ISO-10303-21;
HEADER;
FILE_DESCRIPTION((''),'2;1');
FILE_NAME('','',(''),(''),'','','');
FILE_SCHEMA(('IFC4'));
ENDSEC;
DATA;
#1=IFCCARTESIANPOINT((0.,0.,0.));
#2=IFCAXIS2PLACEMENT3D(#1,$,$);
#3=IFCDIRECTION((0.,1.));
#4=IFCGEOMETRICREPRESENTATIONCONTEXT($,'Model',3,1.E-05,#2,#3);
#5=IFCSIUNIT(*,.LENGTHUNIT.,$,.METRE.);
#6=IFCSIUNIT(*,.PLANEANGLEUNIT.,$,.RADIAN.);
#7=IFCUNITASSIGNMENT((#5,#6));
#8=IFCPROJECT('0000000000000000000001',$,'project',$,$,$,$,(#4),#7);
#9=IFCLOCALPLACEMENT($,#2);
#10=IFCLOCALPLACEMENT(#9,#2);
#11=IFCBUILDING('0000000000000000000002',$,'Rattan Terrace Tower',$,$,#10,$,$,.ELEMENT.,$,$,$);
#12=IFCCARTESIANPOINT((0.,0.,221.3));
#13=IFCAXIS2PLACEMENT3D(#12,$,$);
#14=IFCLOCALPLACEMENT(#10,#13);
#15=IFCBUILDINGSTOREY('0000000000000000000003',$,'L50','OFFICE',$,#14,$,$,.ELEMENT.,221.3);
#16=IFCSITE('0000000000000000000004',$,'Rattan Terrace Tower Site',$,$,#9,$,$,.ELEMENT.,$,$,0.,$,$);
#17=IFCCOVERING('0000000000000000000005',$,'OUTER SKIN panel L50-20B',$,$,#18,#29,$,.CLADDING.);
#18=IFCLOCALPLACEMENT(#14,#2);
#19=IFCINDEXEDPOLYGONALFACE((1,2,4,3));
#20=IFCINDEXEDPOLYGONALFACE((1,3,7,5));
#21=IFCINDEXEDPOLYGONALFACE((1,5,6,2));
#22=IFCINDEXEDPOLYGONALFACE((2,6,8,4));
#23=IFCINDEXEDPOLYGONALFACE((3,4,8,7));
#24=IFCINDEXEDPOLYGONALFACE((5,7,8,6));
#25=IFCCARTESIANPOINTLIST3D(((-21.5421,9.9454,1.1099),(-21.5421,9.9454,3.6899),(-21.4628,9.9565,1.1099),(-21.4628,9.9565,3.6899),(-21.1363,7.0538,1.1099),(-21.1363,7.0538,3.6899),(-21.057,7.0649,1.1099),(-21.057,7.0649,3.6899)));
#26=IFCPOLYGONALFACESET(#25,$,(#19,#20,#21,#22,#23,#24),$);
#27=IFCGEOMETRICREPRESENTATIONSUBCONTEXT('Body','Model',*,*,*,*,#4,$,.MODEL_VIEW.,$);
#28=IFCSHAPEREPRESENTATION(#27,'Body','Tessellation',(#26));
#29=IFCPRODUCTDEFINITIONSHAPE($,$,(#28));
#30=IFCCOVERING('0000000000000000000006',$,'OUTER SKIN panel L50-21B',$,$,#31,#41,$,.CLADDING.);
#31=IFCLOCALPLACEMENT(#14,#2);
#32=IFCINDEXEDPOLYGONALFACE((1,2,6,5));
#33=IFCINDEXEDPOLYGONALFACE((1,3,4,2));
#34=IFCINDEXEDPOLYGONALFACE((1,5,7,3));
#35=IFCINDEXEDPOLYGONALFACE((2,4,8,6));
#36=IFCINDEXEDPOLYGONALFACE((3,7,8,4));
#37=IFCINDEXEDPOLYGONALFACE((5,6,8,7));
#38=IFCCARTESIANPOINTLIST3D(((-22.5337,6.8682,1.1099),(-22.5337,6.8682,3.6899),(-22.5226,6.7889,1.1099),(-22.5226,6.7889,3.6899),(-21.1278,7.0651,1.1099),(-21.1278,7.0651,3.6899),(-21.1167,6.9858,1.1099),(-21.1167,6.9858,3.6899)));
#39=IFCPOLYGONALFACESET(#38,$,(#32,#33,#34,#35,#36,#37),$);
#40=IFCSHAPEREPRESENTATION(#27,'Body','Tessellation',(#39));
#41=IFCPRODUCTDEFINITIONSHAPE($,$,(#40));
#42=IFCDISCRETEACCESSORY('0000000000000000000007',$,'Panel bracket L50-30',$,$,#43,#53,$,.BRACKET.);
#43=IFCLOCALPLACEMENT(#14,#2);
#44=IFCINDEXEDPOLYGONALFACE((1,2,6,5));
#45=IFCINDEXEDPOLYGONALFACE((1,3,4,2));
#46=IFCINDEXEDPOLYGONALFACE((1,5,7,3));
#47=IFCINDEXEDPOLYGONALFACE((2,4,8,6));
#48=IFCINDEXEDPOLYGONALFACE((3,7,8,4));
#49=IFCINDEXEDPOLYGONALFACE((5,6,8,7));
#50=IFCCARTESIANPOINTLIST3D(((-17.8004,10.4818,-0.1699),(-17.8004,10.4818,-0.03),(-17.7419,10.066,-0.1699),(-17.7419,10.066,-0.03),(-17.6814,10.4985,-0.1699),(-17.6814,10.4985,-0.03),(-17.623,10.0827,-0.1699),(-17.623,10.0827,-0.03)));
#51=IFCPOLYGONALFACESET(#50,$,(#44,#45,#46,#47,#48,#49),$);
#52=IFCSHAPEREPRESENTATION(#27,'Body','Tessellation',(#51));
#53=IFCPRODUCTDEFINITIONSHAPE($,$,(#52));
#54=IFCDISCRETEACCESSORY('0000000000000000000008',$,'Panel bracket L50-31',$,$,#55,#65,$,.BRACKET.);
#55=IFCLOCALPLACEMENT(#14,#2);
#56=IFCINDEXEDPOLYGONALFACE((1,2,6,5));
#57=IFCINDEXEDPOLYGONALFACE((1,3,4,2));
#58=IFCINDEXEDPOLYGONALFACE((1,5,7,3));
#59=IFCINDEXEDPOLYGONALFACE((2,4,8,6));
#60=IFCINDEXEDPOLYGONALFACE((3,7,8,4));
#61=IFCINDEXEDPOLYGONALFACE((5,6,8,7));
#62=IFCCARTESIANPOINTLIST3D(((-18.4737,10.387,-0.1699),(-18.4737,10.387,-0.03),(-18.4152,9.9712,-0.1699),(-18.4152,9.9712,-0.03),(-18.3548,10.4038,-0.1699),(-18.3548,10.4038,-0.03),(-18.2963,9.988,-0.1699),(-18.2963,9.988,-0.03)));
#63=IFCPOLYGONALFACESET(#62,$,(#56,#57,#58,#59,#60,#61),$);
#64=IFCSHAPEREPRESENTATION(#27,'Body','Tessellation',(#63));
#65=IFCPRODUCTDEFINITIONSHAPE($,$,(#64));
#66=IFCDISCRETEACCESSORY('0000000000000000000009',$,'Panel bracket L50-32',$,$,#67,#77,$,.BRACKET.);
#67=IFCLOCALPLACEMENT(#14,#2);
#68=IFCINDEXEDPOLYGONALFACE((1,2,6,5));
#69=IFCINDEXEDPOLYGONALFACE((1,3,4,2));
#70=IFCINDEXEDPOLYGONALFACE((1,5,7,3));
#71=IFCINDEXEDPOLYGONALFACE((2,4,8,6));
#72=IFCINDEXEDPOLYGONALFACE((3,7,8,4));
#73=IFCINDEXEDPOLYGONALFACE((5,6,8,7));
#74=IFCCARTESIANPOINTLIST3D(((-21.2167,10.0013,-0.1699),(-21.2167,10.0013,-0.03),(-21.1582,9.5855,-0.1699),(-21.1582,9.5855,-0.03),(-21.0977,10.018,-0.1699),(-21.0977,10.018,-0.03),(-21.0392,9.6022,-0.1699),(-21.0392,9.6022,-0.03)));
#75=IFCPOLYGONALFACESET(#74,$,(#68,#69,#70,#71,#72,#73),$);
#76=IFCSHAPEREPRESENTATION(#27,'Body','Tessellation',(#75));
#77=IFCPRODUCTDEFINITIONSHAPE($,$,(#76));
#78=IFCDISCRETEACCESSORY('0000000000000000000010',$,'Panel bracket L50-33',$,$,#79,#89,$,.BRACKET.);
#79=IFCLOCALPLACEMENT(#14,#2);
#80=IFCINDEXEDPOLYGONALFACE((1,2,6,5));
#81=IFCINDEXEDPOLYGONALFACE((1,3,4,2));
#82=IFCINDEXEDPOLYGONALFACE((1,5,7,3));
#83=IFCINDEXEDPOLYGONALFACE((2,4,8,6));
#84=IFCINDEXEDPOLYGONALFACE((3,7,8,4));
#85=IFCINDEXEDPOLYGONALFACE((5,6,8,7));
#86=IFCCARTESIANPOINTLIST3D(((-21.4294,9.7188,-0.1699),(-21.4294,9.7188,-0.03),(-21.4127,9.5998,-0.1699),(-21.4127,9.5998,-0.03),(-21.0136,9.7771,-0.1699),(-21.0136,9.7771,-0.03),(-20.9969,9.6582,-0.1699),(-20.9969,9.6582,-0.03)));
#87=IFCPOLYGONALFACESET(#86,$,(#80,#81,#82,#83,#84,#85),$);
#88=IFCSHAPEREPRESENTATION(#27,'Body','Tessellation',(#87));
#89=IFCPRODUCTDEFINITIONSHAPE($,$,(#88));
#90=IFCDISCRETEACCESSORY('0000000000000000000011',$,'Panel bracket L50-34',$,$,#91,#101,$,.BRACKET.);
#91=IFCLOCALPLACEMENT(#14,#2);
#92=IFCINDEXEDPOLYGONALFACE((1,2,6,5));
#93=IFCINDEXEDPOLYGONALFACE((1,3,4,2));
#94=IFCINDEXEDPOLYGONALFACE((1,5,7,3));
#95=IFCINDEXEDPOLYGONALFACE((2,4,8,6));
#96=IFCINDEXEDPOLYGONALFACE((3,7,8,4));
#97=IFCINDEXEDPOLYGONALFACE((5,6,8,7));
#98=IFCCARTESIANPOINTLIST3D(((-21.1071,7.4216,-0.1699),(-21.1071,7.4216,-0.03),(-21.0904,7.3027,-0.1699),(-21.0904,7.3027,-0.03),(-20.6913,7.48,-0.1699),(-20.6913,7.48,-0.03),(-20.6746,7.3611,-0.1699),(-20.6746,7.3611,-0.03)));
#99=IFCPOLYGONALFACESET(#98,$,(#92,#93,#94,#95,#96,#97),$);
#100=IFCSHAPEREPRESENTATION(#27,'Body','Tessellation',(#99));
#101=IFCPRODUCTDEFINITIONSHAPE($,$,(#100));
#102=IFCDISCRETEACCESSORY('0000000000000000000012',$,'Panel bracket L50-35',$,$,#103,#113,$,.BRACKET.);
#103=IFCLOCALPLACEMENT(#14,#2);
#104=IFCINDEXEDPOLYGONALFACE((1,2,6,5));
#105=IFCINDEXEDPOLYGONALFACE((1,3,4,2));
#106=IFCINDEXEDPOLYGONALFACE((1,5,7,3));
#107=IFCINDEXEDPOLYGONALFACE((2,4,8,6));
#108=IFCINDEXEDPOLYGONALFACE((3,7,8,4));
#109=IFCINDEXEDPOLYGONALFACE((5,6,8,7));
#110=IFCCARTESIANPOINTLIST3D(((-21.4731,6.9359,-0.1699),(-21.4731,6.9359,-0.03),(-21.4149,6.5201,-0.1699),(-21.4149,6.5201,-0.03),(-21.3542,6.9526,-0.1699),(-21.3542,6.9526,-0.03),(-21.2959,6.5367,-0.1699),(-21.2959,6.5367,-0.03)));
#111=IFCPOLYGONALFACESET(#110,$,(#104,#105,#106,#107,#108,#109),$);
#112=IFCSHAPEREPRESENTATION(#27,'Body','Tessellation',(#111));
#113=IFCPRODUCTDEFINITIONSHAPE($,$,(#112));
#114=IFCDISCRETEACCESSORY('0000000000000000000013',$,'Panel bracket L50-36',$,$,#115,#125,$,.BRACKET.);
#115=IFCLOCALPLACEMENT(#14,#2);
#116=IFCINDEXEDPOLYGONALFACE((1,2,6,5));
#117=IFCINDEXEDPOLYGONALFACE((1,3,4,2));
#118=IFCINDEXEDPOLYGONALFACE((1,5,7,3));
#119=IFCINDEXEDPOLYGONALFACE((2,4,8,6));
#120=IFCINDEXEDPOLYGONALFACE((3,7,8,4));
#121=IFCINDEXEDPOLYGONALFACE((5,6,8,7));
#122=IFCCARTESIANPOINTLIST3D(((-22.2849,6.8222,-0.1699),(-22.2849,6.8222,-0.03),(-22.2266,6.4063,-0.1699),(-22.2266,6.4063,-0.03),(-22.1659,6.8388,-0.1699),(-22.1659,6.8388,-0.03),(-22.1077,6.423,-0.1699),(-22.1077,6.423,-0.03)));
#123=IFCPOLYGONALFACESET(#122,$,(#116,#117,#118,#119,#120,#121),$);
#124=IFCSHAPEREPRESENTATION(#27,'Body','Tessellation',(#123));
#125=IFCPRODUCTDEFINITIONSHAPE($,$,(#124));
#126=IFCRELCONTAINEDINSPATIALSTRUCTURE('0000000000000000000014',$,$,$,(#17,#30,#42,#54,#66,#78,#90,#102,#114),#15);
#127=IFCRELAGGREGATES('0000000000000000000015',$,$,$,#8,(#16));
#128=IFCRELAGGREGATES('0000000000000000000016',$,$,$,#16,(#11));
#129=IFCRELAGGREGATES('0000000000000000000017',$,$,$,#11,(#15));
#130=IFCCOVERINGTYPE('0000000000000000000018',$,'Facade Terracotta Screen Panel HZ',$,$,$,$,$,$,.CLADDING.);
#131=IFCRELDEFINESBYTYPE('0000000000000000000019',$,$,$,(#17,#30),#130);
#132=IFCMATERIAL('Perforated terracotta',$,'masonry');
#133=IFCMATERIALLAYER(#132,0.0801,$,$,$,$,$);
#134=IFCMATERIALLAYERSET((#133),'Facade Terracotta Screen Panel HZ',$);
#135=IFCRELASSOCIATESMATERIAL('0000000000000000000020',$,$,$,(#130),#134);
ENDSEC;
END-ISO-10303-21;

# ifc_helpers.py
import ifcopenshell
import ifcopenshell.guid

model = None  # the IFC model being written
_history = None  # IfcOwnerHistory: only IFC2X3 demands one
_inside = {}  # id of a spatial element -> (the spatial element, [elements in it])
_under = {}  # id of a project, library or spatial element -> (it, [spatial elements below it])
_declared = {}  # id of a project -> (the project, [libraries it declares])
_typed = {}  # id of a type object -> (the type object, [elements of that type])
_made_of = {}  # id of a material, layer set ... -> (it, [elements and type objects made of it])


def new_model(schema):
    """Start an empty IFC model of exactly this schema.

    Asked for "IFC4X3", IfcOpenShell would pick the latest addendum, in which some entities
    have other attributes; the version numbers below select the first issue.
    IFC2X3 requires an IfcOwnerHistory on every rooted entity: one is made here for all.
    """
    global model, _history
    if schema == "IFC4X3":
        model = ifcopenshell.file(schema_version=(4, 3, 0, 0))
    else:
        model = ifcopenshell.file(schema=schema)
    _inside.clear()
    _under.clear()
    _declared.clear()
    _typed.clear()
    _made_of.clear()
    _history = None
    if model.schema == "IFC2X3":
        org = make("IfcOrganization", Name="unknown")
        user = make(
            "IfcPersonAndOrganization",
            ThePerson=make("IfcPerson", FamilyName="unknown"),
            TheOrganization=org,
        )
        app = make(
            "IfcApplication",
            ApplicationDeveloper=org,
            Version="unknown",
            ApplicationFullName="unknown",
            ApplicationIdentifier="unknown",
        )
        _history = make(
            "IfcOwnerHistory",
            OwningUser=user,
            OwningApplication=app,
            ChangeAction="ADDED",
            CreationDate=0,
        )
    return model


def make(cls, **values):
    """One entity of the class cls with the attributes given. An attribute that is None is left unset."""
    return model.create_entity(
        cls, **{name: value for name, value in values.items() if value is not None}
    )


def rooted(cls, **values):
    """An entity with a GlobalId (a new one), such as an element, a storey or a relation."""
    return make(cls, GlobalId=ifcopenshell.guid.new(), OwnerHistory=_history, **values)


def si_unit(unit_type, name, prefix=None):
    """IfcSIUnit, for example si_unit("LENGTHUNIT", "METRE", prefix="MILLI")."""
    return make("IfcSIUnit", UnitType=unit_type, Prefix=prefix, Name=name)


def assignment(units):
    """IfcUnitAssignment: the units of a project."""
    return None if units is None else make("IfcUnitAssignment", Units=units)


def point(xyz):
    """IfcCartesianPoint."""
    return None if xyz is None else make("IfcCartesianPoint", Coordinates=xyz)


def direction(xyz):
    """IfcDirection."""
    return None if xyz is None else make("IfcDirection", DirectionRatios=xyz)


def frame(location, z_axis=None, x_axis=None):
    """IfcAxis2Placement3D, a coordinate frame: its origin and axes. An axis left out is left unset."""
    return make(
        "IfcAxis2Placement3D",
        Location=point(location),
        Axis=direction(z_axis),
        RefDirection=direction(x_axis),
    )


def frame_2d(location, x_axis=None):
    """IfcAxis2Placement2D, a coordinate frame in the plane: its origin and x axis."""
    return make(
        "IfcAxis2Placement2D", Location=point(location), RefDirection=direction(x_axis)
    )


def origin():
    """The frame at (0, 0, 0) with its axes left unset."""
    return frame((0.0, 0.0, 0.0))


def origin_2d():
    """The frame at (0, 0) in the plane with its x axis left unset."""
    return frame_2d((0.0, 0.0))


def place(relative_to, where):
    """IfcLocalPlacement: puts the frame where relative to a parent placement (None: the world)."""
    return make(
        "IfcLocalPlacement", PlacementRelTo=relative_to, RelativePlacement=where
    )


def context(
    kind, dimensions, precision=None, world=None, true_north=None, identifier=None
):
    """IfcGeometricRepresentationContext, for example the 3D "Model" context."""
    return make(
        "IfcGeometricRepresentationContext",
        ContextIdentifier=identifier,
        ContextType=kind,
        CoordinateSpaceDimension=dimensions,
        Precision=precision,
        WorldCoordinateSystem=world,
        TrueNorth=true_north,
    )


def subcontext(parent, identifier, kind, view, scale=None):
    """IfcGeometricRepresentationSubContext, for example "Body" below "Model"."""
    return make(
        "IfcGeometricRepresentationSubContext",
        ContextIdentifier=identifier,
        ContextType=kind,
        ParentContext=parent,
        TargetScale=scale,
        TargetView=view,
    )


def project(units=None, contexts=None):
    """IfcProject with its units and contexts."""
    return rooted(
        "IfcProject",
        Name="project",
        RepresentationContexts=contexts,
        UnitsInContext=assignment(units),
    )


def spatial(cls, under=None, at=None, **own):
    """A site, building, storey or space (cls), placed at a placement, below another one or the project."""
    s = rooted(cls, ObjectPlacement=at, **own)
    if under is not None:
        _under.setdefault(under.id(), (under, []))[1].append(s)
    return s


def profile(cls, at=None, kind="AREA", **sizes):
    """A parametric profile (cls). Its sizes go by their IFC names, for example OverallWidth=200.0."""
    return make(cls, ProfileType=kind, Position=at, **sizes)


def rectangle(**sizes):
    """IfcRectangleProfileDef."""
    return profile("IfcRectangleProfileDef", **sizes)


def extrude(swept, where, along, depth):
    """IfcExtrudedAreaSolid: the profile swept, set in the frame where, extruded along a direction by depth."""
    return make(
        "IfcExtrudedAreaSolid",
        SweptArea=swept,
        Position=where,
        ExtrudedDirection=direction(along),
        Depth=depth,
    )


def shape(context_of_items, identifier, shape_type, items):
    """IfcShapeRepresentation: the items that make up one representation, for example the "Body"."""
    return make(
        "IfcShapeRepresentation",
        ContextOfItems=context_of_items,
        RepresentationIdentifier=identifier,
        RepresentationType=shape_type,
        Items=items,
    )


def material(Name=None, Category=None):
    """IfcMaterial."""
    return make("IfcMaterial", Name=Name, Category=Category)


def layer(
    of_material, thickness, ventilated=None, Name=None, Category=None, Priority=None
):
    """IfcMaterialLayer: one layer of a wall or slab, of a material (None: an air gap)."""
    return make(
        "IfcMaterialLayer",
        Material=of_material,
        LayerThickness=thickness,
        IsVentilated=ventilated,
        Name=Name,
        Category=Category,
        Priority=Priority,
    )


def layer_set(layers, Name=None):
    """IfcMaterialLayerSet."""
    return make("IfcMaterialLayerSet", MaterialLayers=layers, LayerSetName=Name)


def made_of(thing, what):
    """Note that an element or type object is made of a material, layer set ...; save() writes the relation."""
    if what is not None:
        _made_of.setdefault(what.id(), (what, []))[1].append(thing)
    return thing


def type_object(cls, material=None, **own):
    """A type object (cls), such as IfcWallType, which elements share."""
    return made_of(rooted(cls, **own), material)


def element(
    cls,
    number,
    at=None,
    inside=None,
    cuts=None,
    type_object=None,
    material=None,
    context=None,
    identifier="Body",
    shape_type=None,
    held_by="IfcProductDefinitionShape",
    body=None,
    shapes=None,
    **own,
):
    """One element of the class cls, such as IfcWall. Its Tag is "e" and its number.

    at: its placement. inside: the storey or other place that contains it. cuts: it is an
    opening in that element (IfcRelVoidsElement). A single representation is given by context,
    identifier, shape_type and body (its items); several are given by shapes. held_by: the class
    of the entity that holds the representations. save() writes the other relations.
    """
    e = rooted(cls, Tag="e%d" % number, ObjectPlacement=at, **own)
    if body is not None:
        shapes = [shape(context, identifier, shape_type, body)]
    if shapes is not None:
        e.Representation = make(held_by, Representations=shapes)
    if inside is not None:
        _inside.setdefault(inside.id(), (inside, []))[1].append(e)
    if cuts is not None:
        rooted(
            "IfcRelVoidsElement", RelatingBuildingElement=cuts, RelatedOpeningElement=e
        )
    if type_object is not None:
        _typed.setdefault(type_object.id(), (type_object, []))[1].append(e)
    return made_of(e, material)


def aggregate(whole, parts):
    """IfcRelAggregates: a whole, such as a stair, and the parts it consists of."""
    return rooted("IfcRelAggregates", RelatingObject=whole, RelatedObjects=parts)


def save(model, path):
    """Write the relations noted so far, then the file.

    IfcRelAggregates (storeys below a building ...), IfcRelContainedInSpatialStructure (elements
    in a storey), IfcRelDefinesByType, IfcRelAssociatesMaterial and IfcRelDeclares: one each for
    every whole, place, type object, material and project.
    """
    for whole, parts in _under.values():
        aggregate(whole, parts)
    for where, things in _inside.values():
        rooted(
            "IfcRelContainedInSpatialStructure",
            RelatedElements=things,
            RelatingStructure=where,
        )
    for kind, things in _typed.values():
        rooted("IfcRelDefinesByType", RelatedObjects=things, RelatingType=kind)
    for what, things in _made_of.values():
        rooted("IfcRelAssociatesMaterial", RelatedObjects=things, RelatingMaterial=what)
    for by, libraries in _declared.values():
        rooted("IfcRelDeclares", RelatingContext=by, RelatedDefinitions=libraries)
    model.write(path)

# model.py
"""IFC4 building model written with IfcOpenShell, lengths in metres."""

from ifc_helpers import new_model, si_unit, direction, frame, origin, origin_2d, place, context, subcontext, project, spatial, rectangle, extrude, material, layer, layer_set, type_object, element, save


model = new_model("IFC4")

# Units and contexts
model_context = context("Model", 3, precision=1e-05, world=origin(), true_north=direction((0.0, 1.0)))
body_context = subcontext(model_context, "Body", "Model", "MODEL_VIEW")
ifc_project = project(units=[si_unit("LENGTHUNIT", "METRE"), si_unit("PLANEANGLEUNIT", "RADIAN")], contexts=[model_context])

# Site, building, storey
site_placement = place(None, origin())
site = spatial("IfcSite", under=ifc_project, at=site_placement, Name="Rattan Terrace Tower Site", CompositionType="ELEMENT", RefElevation=0.0)
building_placement = place(site_placement, origin())
building = spatial("IfcBuilding", under=site, at=building_placement, Name="Rattan Terrace Tower", CompositionType="ELEMENT")
storey_placement = place(building_placement, frame((0.0, 0.0, 221.3)))
storey = spatial("IfcBuildingStorey", under=building, at=storey_placement, Name="L50", Description="OFFICE", CompositionType="ELEMENT", Elevation=221.3)

# Coverings
ifc_material_1 = material(Name="Perforated terracotta", Category="masonry")
ifc_layer_1 = layer(ifc_material_1, 0.0801)
ifc_layer_set_1 = layer_set([ifc_layer_1], Name="Facade Terracotta Screen Panel HZ")
covering_type_1 = type_object("IfcCoveringType", Name="Facade Terracotta Screen Panel HZ", PredefinedType="CLADDING", material=ifc_layer_set_1)
covering_1_placement = place(storey_placement, frame((-21.2996, 8.5051, 1.1099), z_axis=(0.0, 0.0, 1.0), x_axis=(0.138994, -0.990293, 0.0)))
element("IfcCovering", 1, at=covering_1_placement, inside=storey, type_object=covering_type_1, Name="OUTER SKIN panel L50-20B", PredefinedType="CLADDING", context=body_context, shape_type="SweptSolid", body=[
    extrude(rectangle(XDim=2.9199, YDim=0.0801, at=origin_2d()), origin(), (0.0, 0.0, 1.0), 2.5801),
])
covering_2_placement = place(storey_placement, frame((-21.8252, 6.927, 1.1099), z_axis=(0.0, 0.0, 1.0), x_axis=(-0.990333, -0.138713, 0.0)))
element("IfcCovering", 2, at=covering_2_placement, inside=storey, type_object=covering_type_1, Name="OUTER SKIN panel L50-21B", PredefinedType="CLADDING", context=body_context, shape_type="SweptSolid", body=[
    extrude(rectangle(XDim=1.4197, YDim=0.0801, at=origin_2d()), origin(), (0.0, 0.0, 1.0), 2.5801),
])

# Discrete accessories
for number, where, z_axis, x_axis, name in (
    (3, (-17.7117, 10.2822, -0.1699), (0.0, 0.0, 1.0), (-0.990267, -0.139177, 0.0), "Panel bracket L50-30"),
    (4, (-18.385, 10.1875, -0.1699), (0.0, 0.0, 1.0), (-0.990247, -0.139321, 0.0), "Panel bracket L50-31"),
    (5, (-21.1279, 9.8018, -0.1699), (0.0, 0.0, 1.0), (-0.990247, -0.139321, 0.0), "Panel bracket L50-32"),
    (6, (-21.2131, 9.6885, -0.1699), (0.0, 0.0, 1.0), (0.138994, -0.990293, 0.0), "Panel bracket L50-33"),
    (7, (-20.8909, 7.3914, -0.1699), (0.0, 0.0, 1.0), (0.138994, -0.990293, 0.0), "Panel bracket L50-34"),
    (8, (-21.3845, 6.7363, -0.1699), (0.0, 0.0, 1.0), (-0.990333, -0.138713, 0.0), "Panel bracket L50-35"),
    (9, (-22.1963, 6.6226, -0.1699), (0.0, 0.0, 1.0), (-0.990333, -0.138713, 0.0), "Panel bracket L50-36"),
):
    element("IfcDiscreteAccessory", number, at=place(storey_placement, frame(where, z_axis=z_axis, x_axis=x_axis)), inside=storey, Name=name, PredefinedType="BRACKET", context=body_context, shape_type="SweptSolid", body=[
        extrude(rectangle(XDim=0.1201, YDim=0.4199, at=origin_2d()), origin(), (0.0, 0.0, 1.0), 0.1399),
    ])

save(model, "model.ifc")
